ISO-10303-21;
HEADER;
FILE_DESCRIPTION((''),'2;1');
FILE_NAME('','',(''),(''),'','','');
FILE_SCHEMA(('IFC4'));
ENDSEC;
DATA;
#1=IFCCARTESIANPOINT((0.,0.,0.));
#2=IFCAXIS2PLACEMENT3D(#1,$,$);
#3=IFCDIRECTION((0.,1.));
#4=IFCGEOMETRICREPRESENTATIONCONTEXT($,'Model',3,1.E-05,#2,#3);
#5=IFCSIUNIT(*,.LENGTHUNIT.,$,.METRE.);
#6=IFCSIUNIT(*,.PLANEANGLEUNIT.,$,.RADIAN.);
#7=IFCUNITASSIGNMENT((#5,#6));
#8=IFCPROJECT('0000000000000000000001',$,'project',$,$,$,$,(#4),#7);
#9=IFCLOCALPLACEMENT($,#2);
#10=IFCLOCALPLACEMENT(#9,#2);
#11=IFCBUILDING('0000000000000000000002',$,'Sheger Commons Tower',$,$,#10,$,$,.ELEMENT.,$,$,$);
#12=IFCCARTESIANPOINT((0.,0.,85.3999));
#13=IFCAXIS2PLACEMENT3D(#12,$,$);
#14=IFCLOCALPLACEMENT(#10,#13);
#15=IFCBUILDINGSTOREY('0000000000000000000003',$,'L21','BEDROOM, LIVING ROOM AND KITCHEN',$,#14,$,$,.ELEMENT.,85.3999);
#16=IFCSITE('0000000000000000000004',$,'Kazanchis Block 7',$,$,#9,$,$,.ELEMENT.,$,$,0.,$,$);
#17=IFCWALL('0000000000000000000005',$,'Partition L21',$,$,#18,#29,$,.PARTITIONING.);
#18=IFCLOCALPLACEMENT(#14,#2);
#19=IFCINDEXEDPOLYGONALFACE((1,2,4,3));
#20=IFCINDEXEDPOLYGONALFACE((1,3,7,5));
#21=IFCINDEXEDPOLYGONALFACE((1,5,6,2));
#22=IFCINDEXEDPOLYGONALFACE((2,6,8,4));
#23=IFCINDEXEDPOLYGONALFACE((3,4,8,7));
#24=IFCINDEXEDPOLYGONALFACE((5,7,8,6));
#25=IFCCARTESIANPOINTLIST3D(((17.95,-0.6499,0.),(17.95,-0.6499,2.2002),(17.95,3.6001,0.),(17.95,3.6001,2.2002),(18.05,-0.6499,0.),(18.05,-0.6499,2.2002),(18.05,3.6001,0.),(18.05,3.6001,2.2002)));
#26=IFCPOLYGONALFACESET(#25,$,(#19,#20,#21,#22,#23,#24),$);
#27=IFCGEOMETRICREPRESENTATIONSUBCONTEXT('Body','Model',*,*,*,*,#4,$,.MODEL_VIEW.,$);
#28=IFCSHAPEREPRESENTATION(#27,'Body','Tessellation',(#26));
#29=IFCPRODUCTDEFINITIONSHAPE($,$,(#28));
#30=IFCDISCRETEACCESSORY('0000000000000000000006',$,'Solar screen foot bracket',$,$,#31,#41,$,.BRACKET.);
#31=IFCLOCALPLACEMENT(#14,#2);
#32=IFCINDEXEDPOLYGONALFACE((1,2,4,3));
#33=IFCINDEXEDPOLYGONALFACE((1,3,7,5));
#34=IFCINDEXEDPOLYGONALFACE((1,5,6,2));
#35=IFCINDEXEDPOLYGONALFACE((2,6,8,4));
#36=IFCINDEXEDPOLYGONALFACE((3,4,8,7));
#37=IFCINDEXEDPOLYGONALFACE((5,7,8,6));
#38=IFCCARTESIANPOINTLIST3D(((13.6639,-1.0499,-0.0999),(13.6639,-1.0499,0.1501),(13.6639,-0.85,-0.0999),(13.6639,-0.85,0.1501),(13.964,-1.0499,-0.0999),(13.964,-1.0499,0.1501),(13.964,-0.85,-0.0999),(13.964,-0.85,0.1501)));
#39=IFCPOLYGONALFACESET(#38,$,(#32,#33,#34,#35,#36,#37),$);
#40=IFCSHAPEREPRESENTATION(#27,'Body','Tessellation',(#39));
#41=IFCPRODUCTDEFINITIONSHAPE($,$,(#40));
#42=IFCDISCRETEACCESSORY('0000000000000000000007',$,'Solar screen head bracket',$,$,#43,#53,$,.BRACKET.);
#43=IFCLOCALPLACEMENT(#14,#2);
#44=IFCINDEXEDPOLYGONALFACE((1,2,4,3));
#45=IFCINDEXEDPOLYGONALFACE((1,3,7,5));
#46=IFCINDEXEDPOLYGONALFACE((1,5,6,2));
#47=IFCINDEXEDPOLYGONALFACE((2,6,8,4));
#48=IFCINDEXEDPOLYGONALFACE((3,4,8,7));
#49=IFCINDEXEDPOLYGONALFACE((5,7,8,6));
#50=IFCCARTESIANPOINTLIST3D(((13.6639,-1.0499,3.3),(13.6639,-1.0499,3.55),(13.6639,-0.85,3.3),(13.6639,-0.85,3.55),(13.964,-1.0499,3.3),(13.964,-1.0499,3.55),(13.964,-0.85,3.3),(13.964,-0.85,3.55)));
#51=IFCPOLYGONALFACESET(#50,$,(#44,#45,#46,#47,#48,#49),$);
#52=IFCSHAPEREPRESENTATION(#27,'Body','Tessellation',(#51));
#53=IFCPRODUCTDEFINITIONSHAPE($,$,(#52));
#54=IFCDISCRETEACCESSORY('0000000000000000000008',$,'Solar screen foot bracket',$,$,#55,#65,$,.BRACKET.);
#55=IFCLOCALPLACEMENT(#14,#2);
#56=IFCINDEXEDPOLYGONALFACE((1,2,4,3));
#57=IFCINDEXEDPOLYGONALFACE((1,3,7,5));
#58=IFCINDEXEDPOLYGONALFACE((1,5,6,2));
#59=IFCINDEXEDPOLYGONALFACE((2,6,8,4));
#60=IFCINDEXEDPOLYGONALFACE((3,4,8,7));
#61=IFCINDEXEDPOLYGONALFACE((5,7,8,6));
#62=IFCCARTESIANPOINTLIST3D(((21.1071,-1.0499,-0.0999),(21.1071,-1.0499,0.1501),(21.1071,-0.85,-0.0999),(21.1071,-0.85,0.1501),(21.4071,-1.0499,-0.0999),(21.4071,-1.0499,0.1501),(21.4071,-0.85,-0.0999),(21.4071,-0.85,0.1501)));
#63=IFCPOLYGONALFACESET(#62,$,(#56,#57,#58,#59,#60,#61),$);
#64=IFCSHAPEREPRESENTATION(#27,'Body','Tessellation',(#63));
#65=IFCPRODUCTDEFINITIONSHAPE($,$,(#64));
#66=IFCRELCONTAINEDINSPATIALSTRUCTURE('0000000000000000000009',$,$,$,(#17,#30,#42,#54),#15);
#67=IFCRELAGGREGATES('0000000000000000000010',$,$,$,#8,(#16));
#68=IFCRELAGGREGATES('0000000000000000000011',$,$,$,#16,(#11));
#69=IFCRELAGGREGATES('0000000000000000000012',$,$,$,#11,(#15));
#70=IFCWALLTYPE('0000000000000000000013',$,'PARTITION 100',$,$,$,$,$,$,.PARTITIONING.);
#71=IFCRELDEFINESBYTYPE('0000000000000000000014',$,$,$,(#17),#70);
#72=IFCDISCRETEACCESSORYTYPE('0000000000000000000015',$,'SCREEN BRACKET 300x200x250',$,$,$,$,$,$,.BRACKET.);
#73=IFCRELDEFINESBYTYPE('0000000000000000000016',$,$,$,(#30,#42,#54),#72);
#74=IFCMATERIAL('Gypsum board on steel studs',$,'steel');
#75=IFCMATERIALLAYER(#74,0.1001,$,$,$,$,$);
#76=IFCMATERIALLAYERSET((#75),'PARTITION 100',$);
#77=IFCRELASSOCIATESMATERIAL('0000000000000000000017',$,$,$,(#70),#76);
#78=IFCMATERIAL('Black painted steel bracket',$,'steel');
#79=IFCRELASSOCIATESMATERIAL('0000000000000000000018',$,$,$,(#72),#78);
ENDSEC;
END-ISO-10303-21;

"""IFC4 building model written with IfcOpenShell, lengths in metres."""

from ifc_helpers import new_model, si_unit, direction, frame, frame_2d, origin, origin_2d, place, context, subcontext, project, spatial, rectangle, extrude, material, layer, layer_set, type_object, element, save


model = new_model("IFC4")

# Units and contexts
model_context = context("Model", 3, precision=1e-05, world=origin(), true_north=direction((0.0, 1.0)))
body_context = subcontext(model_context, "Body", "Model", "MODEL_VIEW")
ifc_project = project(units=[si_unit("LENGTHUNIT", "METRE"), si_unit("PLANEANGLEUNIT", "RADIAN")], contexts=[model_context])

# Site, building, storey
site_placement = place(None, origin())
site = spatial("IfcSite", under=ifc_project, at=site_placement, Name="Kazanchis Block 7", CompositionType="ELEMENT", RefElevation=0.0)
building_placement = place(site_placement, origin())
building = spatial("IfcBuilding", under=site, at=building_placement, Name="Sheger Commons Tower", CompositionType="ELEMENT")
storey_placement = place(building_placement, frame((0.0, 0.0, 85.3999)))
storey = spatial("IfcBuildingStorey", under=building, at=storey_placement, Name="L21", Description="BEDROOM, LIVING ROOM AND KITCHEN", CompositionType="ELEMENT", Elevation=85.3999)

# Wall
ifc_material_1 = material(Name="Gypsum board on steel studs", Category="steel")
ifc_layer_1 = layer(ifc_material_1, 0.1001)
ifc_layer_set_1 = layer_set([ifc_layer_1], Name="PARTITION 100")
wall_type_1 = type_object("IfcWallType", Name="PARTITION 100", PredefinedType="PARTITIONING", material=ifc_layer_set_1)
wall_1_placement = place(storey_placement, frame((18.0, -0.6499, 0.0), z_axis=(0.0, 0.0, 1.0), x_axis=(0.0, 1.0, 0.0)))
element("IfcWall", 1, at=wall_1_placement, inside=storey, type_object=wall_type_1, Name="Partition L21", PredefinedType="PARTITIONING", context=body_context, shape_type="SweptSolid", body=[
    extrude(rectangle(XDim=4.25, YDim=0.1001, at=frame_2d((2.125, 0.0))), origin(), (0.0, 0.0, 1.0), 2.2002),
])

# Discrete accessories
ifc_material_2 = material(Name="Black painted steel bracket", Category="steel")
discrete_accessory_type = type_object("IfcDiscreteAccessoryType", Name="SCREEN BRACKET 300x200x250", PredefinedType="BRACKET", material=ifc_material_2)
for number, where, z_axis, x_axis, name in (
    (2, (13.814, -0.95, -0.0999), (0.0, 0.0, 1.0), (1.0, 0.0, 0.0), "Solar screen foot bracket"),
    (3, (13.814, -0.95, 3.3), (0.0, 0.0, 1.0), (1.0, 0.0, 0.0), "Solar screen head bracket"),
    (4, (21.2571, -0.95, -0.0999), (0.0, 0.0, 1.0), (1.0, 0.0, 0.0), "Solar screen foot bracket"),
):
    element("IfcDiscreteAccessory", number, at=place(storey_placement, frame(where, z_axis=z_axis, x_axis=x_axis)), inside=storey, type_object=discrete_accessory_type, Name=name, PredefinedType="BRACKET", context=body_context, shape_type="SweptSolid", body=[
        extrude(rectangle(XDim=0.3, YDim=0.2, at=origin_2d()), origin(), (0.0, 0.0, 1.0), 0.25),
    ])

save(model, "model.ifc")
